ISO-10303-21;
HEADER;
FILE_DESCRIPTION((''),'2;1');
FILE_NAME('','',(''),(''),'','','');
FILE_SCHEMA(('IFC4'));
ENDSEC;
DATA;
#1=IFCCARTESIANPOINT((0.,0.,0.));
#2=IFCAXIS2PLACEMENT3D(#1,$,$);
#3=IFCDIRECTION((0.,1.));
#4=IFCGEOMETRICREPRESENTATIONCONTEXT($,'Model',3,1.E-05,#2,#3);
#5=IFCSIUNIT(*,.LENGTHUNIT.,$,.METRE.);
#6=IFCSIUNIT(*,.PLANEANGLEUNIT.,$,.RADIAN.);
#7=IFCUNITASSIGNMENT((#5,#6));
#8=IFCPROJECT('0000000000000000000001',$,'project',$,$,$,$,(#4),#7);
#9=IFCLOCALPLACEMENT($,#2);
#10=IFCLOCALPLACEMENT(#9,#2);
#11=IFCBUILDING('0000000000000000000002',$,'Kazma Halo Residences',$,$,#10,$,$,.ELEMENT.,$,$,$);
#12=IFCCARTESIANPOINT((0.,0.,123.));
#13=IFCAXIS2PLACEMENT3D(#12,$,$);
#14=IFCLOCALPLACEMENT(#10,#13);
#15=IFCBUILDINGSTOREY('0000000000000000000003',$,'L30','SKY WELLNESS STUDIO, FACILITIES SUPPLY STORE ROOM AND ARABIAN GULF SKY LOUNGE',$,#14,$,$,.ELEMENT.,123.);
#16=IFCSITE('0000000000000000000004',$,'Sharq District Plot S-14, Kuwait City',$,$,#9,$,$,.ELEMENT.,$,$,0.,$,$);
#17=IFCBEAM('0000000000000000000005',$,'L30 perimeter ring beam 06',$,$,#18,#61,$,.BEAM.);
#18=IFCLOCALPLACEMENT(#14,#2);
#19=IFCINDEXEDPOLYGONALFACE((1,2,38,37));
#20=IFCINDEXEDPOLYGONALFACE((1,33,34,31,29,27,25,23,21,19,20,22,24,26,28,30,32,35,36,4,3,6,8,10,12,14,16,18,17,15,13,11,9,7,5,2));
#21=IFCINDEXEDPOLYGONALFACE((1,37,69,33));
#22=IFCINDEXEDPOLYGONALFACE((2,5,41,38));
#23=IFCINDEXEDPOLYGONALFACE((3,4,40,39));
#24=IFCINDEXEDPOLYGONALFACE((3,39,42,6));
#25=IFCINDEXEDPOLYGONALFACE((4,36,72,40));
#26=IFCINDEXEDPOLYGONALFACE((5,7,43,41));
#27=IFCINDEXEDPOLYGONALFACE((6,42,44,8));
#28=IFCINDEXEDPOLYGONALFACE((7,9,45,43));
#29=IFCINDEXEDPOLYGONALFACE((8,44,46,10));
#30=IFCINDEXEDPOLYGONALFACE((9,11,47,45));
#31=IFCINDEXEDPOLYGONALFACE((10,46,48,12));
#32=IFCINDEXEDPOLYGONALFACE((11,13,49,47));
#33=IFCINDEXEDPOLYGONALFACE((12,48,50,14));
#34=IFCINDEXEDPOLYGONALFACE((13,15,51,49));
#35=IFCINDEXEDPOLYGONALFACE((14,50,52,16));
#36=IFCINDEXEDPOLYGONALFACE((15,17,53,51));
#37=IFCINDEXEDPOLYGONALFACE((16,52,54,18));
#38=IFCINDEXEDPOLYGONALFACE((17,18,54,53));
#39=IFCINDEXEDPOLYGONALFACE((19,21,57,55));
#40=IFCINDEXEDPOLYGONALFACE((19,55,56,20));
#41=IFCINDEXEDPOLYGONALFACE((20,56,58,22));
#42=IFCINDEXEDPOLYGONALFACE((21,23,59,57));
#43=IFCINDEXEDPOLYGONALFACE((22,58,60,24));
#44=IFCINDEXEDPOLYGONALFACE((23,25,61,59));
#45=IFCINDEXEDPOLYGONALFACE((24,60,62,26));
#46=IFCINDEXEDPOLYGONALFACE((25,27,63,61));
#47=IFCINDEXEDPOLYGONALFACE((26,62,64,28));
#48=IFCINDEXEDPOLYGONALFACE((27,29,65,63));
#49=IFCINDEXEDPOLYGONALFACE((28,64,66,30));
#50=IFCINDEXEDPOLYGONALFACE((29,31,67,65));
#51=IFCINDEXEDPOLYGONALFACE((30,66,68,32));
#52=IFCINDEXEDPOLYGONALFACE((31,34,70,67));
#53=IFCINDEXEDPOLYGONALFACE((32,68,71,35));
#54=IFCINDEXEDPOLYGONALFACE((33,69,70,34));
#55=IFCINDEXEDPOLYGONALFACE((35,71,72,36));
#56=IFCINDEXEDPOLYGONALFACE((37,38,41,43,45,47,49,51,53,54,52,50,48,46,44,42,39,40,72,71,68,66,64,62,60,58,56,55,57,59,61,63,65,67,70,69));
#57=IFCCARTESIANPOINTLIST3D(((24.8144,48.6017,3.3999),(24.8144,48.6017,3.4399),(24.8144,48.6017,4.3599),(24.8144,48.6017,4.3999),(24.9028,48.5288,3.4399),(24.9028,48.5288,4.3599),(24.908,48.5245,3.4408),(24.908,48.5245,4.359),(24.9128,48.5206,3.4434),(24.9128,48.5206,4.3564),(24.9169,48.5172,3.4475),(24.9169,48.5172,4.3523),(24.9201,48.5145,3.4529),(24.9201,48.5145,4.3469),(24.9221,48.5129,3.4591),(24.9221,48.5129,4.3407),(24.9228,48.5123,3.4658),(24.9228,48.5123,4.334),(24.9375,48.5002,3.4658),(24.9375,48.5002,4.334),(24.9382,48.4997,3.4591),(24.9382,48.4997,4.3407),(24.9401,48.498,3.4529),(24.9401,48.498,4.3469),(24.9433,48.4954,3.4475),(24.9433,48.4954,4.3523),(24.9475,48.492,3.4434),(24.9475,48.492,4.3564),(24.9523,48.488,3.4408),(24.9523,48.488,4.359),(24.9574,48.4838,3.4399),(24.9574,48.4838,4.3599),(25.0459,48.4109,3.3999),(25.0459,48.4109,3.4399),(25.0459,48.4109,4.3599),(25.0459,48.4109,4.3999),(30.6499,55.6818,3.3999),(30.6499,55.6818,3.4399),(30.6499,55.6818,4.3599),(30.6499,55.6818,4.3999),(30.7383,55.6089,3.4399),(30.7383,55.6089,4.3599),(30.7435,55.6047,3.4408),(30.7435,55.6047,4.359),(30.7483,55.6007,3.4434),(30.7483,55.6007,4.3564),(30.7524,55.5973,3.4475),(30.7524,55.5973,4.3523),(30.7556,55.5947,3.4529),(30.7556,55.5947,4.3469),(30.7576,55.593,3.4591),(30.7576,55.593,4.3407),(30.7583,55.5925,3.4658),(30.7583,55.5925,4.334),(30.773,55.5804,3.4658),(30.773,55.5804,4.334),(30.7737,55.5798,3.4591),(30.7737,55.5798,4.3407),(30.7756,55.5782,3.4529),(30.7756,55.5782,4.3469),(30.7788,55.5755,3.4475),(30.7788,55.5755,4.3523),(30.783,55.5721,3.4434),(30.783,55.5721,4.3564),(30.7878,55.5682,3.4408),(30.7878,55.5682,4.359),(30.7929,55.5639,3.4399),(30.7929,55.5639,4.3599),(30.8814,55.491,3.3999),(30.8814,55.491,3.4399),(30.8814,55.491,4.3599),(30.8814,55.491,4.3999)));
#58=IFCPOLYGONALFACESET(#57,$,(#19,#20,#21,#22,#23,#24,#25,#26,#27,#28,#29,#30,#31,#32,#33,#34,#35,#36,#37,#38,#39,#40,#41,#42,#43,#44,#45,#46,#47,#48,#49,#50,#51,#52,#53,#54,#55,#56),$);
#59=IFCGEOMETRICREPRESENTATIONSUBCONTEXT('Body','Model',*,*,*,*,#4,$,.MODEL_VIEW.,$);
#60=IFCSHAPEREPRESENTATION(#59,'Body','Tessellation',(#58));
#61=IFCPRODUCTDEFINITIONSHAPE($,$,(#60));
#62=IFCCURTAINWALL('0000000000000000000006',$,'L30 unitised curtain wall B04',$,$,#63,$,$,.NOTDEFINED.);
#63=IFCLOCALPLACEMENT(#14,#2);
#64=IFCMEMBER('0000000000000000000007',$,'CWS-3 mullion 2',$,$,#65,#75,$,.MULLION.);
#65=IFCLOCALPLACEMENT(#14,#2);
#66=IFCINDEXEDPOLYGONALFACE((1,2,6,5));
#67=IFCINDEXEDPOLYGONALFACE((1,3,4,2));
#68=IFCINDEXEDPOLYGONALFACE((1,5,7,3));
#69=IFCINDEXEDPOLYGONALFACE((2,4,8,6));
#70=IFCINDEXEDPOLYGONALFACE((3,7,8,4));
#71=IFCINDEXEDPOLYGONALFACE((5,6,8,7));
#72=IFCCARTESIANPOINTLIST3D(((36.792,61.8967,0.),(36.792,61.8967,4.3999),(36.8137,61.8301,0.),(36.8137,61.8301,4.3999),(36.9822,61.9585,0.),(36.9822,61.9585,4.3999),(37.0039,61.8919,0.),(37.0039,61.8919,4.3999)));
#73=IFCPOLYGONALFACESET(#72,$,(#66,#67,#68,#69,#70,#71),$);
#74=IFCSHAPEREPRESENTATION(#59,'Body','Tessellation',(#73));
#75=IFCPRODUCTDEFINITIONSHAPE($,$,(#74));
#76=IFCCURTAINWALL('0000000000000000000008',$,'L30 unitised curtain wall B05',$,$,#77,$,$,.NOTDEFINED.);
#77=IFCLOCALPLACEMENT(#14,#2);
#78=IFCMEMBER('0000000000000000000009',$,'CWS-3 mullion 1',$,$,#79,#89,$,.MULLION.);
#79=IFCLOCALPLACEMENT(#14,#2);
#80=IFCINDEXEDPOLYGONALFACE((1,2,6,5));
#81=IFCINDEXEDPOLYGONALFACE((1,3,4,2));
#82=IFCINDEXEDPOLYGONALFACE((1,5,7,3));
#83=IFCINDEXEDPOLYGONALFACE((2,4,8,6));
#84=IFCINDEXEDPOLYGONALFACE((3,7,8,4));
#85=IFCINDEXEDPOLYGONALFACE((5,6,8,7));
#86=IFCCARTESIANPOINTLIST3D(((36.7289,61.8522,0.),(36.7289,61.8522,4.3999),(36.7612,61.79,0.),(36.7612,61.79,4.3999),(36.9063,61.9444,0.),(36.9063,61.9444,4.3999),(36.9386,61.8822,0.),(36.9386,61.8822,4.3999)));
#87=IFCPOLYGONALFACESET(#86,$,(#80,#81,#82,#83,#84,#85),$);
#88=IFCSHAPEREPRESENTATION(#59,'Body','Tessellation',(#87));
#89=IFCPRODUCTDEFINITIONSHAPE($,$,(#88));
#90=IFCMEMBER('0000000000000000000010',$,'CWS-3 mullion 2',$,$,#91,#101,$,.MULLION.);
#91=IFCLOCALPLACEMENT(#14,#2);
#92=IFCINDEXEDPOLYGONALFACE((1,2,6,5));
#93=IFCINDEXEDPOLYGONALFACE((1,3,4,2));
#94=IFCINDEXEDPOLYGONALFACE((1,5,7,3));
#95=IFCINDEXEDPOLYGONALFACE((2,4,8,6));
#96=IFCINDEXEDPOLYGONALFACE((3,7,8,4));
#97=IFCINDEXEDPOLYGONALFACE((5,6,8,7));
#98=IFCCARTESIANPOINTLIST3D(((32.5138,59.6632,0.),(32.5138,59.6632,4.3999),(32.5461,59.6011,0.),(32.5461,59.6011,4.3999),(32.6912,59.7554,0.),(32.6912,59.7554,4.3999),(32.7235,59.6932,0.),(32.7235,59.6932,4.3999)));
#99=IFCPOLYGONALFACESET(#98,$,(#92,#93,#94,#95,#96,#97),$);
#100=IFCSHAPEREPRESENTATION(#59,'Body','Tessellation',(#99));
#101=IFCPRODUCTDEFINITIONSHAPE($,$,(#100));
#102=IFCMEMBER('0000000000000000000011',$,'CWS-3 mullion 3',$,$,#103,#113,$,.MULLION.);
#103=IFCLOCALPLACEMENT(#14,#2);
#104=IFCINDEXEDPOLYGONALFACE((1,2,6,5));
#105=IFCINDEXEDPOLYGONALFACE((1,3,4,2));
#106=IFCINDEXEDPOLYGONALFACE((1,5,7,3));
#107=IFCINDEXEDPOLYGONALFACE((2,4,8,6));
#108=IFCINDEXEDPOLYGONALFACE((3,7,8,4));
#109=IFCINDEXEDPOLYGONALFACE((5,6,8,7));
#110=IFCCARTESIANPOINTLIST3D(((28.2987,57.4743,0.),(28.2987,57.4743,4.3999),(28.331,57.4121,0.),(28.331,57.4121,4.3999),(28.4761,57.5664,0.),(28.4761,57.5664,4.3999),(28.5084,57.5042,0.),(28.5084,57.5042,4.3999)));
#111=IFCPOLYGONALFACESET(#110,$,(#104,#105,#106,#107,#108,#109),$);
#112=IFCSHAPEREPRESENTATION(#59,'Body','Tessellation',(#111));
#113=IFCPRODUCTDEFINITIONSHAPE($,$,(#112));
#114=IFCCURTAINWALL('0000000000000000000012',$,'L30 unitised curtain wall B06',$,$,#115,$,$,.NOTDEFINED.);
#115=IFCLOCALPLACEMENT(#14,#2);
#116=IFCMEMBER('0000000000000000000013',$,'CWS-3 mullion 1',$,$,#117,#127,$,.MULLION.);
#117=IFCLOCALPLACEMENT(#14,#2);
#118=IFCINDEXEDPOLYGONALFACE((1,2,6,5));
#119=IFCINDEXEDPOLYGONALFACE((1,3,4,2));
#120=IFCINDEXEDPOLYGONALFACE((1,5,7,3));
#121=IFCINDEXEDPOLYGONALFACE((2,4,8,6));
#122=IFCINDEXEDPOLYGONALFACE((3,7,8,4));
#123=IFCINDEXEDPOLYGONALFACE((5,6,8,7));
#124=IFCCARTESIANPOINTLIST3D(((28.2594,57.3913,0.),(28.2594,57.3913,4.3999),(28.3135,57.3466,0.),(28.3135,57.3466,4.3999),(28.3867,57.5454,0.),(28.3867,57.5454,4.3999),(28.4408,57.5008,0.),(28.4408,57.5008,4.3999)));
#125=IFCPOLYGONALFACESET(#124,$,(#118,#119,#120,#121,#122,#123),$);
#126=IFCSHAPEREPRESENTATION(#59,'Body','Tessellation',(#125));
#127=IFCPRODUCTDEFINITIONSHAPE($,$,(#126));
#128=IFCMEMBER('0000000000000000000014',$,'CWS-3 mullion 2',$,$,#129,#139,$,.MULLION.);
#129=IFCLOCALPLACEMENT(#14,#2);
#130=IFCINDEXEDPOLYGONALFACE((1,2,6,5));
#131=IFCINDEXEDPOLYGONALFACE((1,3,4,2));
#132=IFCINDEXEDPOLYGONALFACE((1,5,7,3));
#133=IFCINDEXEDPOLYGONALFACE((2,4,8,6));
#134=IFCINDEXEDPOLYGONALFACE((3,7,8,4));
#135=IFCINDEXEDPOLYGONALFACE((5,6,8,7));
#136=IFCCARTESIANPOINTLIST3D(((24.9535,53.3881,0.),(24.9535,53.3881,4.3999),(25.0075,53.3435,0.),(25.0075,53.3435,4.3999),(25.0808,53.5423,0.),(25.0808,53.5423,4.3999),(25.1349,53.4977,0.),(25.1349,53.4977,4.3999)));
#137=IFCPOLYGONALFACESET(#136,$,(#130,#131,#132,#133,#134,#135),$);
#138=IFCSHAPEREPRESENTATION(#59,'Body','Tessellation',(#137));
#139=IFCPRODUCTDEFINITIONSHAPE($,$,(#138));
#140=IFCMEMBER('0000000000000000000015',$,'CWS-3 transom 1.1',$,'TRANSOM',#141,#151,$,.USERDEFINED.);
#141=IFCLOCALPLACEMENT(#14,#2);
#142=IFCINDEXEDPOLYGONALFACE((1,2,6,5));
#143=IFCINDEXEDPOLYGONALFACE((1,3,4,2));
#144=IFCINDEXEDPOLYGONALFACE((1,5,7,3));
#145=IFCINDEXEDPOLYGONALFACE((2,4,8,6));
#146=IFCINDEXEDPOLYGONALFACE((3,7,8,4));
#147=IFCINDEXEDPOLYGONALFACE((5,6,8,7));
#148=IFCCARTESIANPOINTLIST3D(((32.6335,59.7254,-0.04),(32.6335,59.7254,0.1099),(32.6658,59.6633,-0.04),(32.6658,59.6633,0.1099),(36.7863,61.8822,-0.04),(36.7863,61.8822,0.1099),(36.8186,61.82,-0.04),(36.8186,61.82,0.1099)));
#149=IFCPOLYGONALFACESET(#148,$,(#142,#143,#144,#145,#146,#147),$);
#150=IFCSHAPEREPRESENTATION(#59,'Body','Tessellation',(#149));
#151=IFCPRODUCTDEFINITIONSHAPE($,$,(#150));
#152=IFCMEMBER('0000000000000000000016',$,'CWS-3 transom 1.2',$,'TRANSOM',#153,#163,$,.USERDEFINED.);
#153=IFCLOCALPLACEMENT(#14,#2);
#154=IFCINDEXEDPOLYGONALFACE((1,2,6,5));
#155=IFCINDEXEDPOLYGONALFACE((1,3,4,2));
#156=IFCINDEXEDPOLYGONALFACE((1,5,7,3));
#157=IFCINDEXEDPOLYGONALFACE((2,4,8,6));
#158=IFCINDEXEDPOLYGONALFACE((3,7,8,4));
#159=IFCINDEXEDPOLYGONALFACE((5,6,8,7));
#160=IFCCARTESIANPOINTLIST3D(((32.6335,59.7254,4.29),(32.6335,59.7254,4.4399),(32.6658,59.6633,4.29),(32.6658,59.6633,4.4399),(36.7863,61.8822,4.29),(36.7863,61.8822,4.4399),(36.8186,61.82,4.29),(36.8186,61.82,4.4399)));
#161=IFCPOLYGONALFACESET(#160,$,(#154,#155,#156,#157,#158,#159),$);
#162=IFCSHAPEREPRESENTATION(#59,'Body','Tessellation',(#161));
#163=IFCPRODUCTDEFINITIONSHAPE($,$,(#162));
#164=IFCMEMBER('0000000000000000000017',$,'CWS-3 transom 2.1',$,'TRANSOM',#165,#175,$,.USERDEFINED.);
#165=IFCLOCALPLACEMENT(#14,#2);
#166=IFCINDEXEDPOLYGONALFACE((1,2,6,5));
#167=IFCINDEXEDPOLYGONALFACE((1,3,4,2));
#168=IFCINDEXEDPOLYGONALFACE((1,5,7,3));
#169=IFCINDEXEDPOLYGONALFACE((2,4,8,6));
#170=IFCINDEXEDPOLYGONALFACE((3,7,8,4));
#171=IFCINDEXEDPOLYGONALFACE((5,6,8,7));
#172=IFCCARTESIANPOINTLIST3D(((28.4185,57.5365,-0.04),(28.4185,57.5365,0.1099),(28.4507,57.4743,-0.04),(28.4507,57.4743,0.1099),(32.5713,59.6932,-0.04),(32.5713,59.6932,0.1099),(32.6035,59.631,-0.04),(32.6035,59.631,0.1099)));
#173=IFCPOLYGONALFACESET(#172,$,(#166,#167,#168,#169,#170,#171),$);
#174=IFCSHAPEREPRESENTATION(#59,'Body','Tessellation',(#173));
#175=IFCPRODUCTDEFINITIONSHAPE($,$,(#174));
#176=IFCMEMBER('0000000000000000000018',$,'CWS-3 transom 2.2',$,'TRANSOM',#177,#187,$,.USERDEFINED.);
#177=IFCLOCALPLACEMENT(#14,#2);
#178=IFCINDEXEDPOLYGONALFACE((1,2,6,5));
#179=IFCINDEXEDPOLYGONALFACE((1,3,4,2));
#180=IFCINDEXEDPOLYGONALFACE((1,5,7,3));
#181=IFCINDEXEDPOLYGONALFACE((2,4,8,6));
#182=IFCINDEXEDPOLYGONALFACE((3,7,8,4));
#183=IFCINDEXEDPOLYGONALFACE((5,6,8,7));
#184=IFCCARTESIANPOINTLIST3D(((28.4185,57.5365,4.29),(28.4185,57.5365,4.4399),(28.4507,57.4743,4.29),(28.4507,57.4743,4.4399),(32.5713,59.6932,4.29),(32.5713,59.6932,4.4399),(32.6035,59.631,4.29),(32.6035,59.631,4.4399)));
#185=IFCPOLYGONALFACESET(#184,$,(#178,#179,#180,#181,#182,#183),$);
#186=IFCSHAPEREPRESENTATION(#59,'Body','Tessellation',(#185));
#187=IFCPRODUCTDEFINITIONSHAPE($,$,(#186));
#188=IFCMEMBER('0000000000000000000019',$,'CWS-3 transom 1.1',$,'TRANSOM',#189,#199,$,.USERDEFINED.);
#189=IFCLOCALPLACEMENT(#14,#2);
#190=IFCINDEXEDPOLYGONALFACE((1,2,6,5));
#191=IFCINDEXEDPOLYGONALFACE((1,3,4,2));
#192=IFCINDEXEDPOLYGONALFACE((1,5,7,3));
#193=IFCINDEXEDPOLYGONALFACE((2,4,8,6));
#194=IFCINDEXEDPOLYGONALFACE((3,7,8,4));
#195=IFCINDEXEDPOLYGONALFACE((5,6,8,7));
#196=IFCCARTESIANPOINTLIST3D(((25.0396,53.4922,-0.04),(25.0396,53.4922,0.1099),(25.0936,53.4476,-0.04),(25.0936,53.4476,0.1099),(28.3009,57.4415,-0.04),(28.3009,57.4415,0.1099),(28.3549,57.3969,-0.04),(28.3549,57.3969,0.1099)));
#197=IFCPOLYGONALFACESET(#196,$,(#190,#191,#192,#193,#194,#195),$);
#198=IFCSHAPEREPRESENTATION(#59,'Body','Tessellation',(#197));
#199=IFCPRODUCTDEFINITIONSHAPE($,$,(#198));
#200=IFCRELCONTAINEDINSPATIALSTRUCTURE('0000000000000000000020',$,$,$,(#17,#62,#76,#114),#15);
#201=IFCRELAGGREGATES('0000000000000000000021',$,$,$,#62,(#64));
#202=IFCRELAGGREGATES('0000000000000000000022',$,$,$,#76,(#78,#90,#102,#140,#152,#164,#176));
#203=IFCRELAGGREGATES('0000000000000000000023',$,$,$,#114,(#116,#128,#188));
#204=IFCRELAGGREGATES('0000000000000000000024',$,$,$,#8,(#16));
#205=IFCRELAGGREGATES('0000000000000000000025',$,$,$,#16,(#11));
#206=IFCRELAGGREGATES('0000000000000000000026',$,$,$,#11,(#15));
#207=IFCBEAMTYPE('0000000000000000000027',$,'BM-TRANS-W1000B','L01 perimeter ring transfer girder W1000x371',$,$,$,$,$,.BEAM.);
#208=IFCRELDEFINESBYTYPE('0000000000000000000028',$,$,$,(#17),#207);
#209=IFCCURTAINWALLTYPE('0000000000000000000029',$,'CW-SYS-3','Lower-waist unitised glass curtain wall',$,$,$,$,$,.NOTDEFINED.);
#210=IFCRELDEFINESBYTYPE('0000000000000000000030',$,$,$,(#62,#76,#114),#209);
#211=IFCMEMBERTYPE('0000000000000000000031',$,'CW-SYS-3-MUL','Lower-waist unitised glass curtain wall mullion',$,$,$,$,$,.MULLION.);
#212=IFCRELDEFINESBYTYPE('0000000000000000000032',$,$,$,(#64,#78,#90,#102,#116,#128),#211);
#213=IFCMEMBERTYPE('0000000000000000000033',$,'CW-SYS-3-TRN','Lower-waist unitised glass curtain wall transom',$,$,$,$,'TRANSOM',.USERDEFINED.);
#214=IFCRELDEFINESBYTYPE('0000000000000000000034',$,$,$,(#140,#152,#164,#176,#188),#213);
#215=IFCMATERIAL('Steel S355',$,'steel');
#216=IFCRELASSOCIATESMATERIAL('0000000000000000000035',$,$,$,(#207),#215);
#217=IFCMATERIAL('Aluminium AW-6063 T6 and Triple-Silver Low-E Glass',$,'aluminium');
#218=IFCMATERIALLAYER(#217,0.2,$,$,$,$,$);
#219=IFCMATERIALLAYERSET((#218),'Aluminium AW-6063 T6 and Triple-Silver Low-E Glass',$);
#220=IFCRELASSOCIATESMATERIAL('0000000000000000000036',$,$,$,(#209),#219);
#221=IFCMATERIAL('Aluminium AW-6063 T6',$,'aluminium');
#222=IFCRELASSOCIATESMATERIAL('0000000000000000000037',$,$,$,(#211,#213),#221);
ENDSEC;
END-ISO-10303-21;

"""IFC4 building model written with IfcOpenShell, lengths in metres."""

from ifc_helpers import new_model, si_unit, direction, frame, origin, origin_2d, place, context, subcontext, project, spatial, rectangle, i_section, extrude, material, layer, layer_set, material_profile, profile_set, type_object, element, aggregate, save


model = new_model("IFC4")

# Units and contexts
model_context = context("Model", 3, precision=1e-05, world=origin(), true_north=direction((0.0, 1.0)))
body_context = subcontext(model_context, "Body", "Model", "MODEL_VIEW")
ifc_project = project(units=[si_unit("LENGTHUNIT", "METRE"), si_unit("PLANEANGLEUNIT", "RADIAN")], contexts=[model_context])

# Site, building, storey
site_placement = place(None, origin())
site = spatial("IfcSite", under=ifc_project, at=site_placement, Name="Sharq District Plot S-14, Kuwait City", CompositionType="ELEMENT", RefElevation=0.0)
building_placement = place(site_placement, origin())
building = spatial("IfcBuilding", under=site, at=building_placement, Name="Kazma Halo Residences", CompositionType="ELEMENT")
storey_placement = place(building_placement, frame((0.0, 0.0, 123.0)))
storey = spatial("IfcBuildingStorey", under=building, at=storey_placement, Name="L30", Description="SKY WELLNESS STUDIO, FACILITIES SUPPLY STORE ROOM AND ARABIAN GULF SKY LOUNGE", CompositionType="ELEMENT", Elevation=123.0)

# Beam
ifc_material_1 = material(Name="Steel S355", Category="steel")
ifc_material_profile_1 = material_profile(ifc_material_1, i_section(OverallWidth=0.3, OverallDepth=1.0, WebThickness=0.019, FlangeThickness=0.04, FilletRadius=0.0259, at=origin_2d()), Name="W1000x371")
ifc_profile_set_1 = profile_set([ifc_material_profile_1], Name="Steel S355")
beam_type_1 = type_object("IfcBeamType", Name="BM-TRANS-W1000B", Description="L01 perimeter ring transfer girder W1000x371", PredefinedType="BEAM", material=ifc_profile_set_1)
beam_1_placement = place(storey_placement, frame((30.7656, 55.5864, 3.8999), z_axis=(-0.636019, -0.771674, 0.0), x_axis=(0.771674, -0.636019, 0.0)))
element("IfcBeam", 1, at=beam_1_placement, inside=storey, type_object=beam_type_1, Name="L30 perimeter ring beam 06", PredefinedType="BEAM", context=body_context, shape_type="SweptSolid", body=[
    extrude(i_section(OverallWidth=0.3, OverallDepth=1.0, WebThickness=0.019, FlangeThickness=0.04, FilletRadius=0.0259, at=origin_2d()), origin(), (0.0, 0.0, 1.0), 9.175),
])

# Curtain wall, member
ifc_material_2 = material(Name="Aluminium AW-6063 T6 and Triple-Silver Low-E Glass", Category="aluminium")
ifc_layer_1 = layer(ifc_material_2, 0.2)
ifc_layer_set_1 = layer_set([ifc_layer_1], Name="Aluminium AW-6063 T6 and Triple-Silver Low-E Glass")
curtain_wall_type = type_object("IfcCurtainWallType", Name="CW-SYS-3", Description="Lower-waist unitised glass curtain wall", PredefinedType="NOTDEFINED", material=ifc_layer_set_1)
curtain_wall_1_placement = place(storey_placement, origin())
curtain_wall_1 = element("IfcCurtainWall", 2, at=curtain_wall_1_placement, inside=storey, type_object=curtain_wall_type, Name="L30 unitised curtain wall B04", PredefinedType="NOTDEFINED")
ifc_material_3 = material(Name="Aluminium AW-6063 T6", Category="aluminium")
ifc_material_profile_2 = material_profile(ifc_material_3, rectangle(XDim=0.0701, YDim=0.2, at=origin_2d()), Name="CWM-70x200")
ifc_profile_set_2 = profile_set([ifc_material_profile_2], Name="Aluminium AW-6063 T6")
member_type_1 = type_object("IfcMemberType", Name="CW-SYS-3-MUL", Description="Lower-waist unitised glass curtain wall mullion", PredefinedType="MULLION", material=ifc_profile_set_2)
member_1_placement = place(storey_placement, frame((36.8979, 61.8943, 0.0), z_axis=(0.0, 0.0, 1.0), x_axis=(0.309022, -0.951055, 0.0)))
member_1 = element("IfcMember", 3, at=member_1_placement, type_object=member_type_1, Name="CWS-3 mullion 2", PredefinedType="MULLION", context=body_context, shape_type="SweptSolid", body=[
    extrude(rectangle(XDim=0.0701, YDim=0.2, at=origin_2d()), origin(), (0.0, 0.0, 1.0), 4.3999),
])
aggregate(curtain_wall_1, [member_1])

# Curtain walls, members
curtain_wall_2_placement = place(storey_placement, origin())
curtain_wall_2 = element("IfcCurtainWall", 4, at=curtain_wall_2_placement, inside=storey, type_object=curtain_wall_type, Name="L30 unitised curtain wall B05", PredefinedType="NOTDEFINED")
member_2_placement = place(storey_placement, frame((36.8337, 61.8672, 0.0), z_axis=(0.0, 0.0, 1.0), x_axis=(0.460884, -0.88746, 0.0)))
member_2 = element("IfcMember", 5, at=member_2_placement, type_object=member_type_1, Name="CWS-3 mullion 1", PredefinedType="MULLION", context=body_context, shape_type="SweptSolid", body=[
    extrude(rectangle(XDim=0.0701, YDim=0.2, at=origin_2d()), origin(), (0.0, 0.0, 1.0), 4.3999),
])
member_3_placement = place(storey_placement, frame((32.6187, 59.6782, 0.0), z_axis=(0.0, 0.0, 1.0), x_axis=(0.460884, -0.88746, 0.0)))
member_3 = element("IfcMember", 6, at=member_3_placement, type_object=member_type_1, Name="CWS-3 mullion 2", PredefinedType="MULLION", context=body_context, shape_type="SweptSolid", body=[
    extrude(rectangle(XDim=0.0701, YDim=0.2, at=origin_2d()), origin(), (0.0, 0.0, 1.0), 4.3999),
])
member_4_placement = place(storey_placement, frame((28.4036, 57.4893, 0.0), z_axis=(0.0, 0.0, 1.0), x_axis=(0.460884, -0.88746, 0.0)))
member_4 = element("IfcMember", 7, at=member_4_placement, type_object=member_type_1, Name="CWS-3 mullion 3", PredefinedType="MULLION", context=body_context, shape_type="SweptSolid", body=[
    extrude(rectangle(XDim=0.0701, YDim=0.2, at=origin_2d()), origin(), (0.0, 0.0, 1.0), 4.3999),
])
curtain_wall_3_placement = place(storey_placement, origin())
curtain_wall_3 = element("IfcCurtainWall", 8, at=curtain_wall_3_placement, inside=storey, type_object=curtain_wall_type, Name="L30 unitised curtain wall B06", PredefinedType="NOTDEFINED")
member_5_placement = place(storey_placement, frame((28.3501, 57.446, 0.0), z_axis=(0.0, 0.0, 1.0), x_axis=(0.771065, -0.636756, 0.0)))
member_5 = element("IfcMember", 9, at=member_5_placement, type_object=member_type_1, Name="CWS-3 mullion 1", PredefinedType="MULLION", context=body_context, shape_type="SweptSolid", body=[
    extrude(rectangle(XDim=0.0701, YDim=0.2, at=origin_2d()), origin(), (0.0, 0.0, 1.0), 4.3999),
])
member_6_placement = place(storey_placement, frame((25.0442, 53.4429, 0.0), z_axis=(0.0, 0.0, 1.0), x_axis=(0.771065, -0.636756, 0.0)))
member_6 = element("IfcMember", 10, at=member_6_placement, type_object=member_type_1, Name="CWS-3 mullion 2", PredefinedType="MULLION", context=body_context, shape_type="SweptSolid", body=[
    extrude(rectangle(XDim=0.0701, YDim=0.2, at=origin_2d()), origin(), (0.0, 0.0, 1.0), 4.3999),
])

# Members
ifc_material_profile_3 = material_profile(ifc_material_3, rectangle(XDim=0.0701, YDim=0.1499, at=origin_2d()), Name="CWT-70x150")
ifc_profile_set_3 = profile_set([ifc_material_profile_3], Name="Aluminium AW-6063 T6")
member_type_2 = type_object("IfcMemberType", Name="CW-SYS-3-TRN", Description="Lower-waist unitised glass curtain wall transom", ElementType="TRANSOM", PredefinedType="USERDEFINED", material=ifc_profile_set_3)
member_7_placement = place(storey_placement, frame((36.8025, 61.8511, 0.0349), z_axis=(-0.887456, -0.460893, 0.0), x_axis=(0.460893, -0.887456, 0.0)))
member_7 = element("IfcMember", 11, at=member_7_placement, type_object=member_type_2, Name="CWS-3 transom 1.1", ObjectType="TRANSOM", PredefinedType="USERDEFINED", context=body_context, shape_type="SweptSolid", body=[
    extrude(rectangle(XDim=0.0701, YDim=0.1499, at=origin_2d()), origin(), (0.0, 0.0, 1.0), 4.6794),
])
member_8_placement = place(storey_placement, frame((36.8025, 61.8511, 4.365), z_axis=(-0.887456, -0.460893, 0.0), x_axis=(0.460893, -0.887456, 0.0)))
member_8 = element("IfcMember", 12, at=member_8_placement, type_object=member_type_2, Name="CWS-3 transom 1.2", ObjectType="TRANSOM", PredefinedType="USERDEFINED", context=body_context, shape_type="SweptSolid", body=[
    extrude(rectangle(XDim=0.0701, YDim=0.1499, at=origin_2d()), origin(), (0.0, 0.0, 1.0), 4.6794),
])
member_9_placement = place(storey_placement, frame((32.5874, 59.6621, 0.0349), z_axis=(-0.887456, -0.460893, 0.0), x_axis=(0.460893, -0.887456, 0.0)))
member_9 = element("IfcMember", 13, at=member_9_placement, type_object=member_type_2, Name="CWS-3 transom 2.1", ObjectType="TRANSOM", PredefinedType="USERDEFINED", context=body_context, shape_type="SweptSolid", body=[
    extrude(rectangle(XDim=0.0701, YDim=0.1499, at=origin_2d()), origin(), (0.0, 0.0, 1.0), 4.6794),
])
member_10_placement = place(storey_placement, frame((32.5874, 59.6621, 4.365), z_axis=(-0.887456, -0.460893, 0.0), x_axis=(0.460893, -0.887456, 0.0)))
member_10 = element("IfcMember", 14, at=member_10_placement, type_object=member_type_2, Name="CWS-3 transom 2.2", ObjectType="TRANSOM", PredefinedType="USERDEFINED", context=body_context, shape_type="SweptSolid", body=[
    extrude(rectangle(XDim=0.0701, YDim=0.1499, at=origin_2d()), origin(), (0.0, 0.0, 1.0), 4.6794),
])
member_11_placement = place(storey_placement, frame((28.3279, 57.4192, 0.0349), z_axis=(-0.636746, -0.771074, 0.0), x_axis=(0.771074, -0.636746, 0.0)))
member_11 = element("IfcMember", 15, at=member_11_placement, type_object=member_type_2, Name="CWS-3 transom 1.1", ObjectType="TRANSOM", PredefinedType="USERDEFINED", context=body_context, shape_type="SweptSolid", body=[
    extrude(rectangle(XDim=0.0701, YDim=0.1499, at=origin_2d()), origin(), (0.0, 0.0, 1.0), 5.1218),
])

aggregate(curtain_wall_2, [member_2, member_3, member_4, member_7, member_8, member_9, member_10])
aggregate(curtain_wall_3, [member_5, member_6, member_11])

save(model, "model.ifc")
